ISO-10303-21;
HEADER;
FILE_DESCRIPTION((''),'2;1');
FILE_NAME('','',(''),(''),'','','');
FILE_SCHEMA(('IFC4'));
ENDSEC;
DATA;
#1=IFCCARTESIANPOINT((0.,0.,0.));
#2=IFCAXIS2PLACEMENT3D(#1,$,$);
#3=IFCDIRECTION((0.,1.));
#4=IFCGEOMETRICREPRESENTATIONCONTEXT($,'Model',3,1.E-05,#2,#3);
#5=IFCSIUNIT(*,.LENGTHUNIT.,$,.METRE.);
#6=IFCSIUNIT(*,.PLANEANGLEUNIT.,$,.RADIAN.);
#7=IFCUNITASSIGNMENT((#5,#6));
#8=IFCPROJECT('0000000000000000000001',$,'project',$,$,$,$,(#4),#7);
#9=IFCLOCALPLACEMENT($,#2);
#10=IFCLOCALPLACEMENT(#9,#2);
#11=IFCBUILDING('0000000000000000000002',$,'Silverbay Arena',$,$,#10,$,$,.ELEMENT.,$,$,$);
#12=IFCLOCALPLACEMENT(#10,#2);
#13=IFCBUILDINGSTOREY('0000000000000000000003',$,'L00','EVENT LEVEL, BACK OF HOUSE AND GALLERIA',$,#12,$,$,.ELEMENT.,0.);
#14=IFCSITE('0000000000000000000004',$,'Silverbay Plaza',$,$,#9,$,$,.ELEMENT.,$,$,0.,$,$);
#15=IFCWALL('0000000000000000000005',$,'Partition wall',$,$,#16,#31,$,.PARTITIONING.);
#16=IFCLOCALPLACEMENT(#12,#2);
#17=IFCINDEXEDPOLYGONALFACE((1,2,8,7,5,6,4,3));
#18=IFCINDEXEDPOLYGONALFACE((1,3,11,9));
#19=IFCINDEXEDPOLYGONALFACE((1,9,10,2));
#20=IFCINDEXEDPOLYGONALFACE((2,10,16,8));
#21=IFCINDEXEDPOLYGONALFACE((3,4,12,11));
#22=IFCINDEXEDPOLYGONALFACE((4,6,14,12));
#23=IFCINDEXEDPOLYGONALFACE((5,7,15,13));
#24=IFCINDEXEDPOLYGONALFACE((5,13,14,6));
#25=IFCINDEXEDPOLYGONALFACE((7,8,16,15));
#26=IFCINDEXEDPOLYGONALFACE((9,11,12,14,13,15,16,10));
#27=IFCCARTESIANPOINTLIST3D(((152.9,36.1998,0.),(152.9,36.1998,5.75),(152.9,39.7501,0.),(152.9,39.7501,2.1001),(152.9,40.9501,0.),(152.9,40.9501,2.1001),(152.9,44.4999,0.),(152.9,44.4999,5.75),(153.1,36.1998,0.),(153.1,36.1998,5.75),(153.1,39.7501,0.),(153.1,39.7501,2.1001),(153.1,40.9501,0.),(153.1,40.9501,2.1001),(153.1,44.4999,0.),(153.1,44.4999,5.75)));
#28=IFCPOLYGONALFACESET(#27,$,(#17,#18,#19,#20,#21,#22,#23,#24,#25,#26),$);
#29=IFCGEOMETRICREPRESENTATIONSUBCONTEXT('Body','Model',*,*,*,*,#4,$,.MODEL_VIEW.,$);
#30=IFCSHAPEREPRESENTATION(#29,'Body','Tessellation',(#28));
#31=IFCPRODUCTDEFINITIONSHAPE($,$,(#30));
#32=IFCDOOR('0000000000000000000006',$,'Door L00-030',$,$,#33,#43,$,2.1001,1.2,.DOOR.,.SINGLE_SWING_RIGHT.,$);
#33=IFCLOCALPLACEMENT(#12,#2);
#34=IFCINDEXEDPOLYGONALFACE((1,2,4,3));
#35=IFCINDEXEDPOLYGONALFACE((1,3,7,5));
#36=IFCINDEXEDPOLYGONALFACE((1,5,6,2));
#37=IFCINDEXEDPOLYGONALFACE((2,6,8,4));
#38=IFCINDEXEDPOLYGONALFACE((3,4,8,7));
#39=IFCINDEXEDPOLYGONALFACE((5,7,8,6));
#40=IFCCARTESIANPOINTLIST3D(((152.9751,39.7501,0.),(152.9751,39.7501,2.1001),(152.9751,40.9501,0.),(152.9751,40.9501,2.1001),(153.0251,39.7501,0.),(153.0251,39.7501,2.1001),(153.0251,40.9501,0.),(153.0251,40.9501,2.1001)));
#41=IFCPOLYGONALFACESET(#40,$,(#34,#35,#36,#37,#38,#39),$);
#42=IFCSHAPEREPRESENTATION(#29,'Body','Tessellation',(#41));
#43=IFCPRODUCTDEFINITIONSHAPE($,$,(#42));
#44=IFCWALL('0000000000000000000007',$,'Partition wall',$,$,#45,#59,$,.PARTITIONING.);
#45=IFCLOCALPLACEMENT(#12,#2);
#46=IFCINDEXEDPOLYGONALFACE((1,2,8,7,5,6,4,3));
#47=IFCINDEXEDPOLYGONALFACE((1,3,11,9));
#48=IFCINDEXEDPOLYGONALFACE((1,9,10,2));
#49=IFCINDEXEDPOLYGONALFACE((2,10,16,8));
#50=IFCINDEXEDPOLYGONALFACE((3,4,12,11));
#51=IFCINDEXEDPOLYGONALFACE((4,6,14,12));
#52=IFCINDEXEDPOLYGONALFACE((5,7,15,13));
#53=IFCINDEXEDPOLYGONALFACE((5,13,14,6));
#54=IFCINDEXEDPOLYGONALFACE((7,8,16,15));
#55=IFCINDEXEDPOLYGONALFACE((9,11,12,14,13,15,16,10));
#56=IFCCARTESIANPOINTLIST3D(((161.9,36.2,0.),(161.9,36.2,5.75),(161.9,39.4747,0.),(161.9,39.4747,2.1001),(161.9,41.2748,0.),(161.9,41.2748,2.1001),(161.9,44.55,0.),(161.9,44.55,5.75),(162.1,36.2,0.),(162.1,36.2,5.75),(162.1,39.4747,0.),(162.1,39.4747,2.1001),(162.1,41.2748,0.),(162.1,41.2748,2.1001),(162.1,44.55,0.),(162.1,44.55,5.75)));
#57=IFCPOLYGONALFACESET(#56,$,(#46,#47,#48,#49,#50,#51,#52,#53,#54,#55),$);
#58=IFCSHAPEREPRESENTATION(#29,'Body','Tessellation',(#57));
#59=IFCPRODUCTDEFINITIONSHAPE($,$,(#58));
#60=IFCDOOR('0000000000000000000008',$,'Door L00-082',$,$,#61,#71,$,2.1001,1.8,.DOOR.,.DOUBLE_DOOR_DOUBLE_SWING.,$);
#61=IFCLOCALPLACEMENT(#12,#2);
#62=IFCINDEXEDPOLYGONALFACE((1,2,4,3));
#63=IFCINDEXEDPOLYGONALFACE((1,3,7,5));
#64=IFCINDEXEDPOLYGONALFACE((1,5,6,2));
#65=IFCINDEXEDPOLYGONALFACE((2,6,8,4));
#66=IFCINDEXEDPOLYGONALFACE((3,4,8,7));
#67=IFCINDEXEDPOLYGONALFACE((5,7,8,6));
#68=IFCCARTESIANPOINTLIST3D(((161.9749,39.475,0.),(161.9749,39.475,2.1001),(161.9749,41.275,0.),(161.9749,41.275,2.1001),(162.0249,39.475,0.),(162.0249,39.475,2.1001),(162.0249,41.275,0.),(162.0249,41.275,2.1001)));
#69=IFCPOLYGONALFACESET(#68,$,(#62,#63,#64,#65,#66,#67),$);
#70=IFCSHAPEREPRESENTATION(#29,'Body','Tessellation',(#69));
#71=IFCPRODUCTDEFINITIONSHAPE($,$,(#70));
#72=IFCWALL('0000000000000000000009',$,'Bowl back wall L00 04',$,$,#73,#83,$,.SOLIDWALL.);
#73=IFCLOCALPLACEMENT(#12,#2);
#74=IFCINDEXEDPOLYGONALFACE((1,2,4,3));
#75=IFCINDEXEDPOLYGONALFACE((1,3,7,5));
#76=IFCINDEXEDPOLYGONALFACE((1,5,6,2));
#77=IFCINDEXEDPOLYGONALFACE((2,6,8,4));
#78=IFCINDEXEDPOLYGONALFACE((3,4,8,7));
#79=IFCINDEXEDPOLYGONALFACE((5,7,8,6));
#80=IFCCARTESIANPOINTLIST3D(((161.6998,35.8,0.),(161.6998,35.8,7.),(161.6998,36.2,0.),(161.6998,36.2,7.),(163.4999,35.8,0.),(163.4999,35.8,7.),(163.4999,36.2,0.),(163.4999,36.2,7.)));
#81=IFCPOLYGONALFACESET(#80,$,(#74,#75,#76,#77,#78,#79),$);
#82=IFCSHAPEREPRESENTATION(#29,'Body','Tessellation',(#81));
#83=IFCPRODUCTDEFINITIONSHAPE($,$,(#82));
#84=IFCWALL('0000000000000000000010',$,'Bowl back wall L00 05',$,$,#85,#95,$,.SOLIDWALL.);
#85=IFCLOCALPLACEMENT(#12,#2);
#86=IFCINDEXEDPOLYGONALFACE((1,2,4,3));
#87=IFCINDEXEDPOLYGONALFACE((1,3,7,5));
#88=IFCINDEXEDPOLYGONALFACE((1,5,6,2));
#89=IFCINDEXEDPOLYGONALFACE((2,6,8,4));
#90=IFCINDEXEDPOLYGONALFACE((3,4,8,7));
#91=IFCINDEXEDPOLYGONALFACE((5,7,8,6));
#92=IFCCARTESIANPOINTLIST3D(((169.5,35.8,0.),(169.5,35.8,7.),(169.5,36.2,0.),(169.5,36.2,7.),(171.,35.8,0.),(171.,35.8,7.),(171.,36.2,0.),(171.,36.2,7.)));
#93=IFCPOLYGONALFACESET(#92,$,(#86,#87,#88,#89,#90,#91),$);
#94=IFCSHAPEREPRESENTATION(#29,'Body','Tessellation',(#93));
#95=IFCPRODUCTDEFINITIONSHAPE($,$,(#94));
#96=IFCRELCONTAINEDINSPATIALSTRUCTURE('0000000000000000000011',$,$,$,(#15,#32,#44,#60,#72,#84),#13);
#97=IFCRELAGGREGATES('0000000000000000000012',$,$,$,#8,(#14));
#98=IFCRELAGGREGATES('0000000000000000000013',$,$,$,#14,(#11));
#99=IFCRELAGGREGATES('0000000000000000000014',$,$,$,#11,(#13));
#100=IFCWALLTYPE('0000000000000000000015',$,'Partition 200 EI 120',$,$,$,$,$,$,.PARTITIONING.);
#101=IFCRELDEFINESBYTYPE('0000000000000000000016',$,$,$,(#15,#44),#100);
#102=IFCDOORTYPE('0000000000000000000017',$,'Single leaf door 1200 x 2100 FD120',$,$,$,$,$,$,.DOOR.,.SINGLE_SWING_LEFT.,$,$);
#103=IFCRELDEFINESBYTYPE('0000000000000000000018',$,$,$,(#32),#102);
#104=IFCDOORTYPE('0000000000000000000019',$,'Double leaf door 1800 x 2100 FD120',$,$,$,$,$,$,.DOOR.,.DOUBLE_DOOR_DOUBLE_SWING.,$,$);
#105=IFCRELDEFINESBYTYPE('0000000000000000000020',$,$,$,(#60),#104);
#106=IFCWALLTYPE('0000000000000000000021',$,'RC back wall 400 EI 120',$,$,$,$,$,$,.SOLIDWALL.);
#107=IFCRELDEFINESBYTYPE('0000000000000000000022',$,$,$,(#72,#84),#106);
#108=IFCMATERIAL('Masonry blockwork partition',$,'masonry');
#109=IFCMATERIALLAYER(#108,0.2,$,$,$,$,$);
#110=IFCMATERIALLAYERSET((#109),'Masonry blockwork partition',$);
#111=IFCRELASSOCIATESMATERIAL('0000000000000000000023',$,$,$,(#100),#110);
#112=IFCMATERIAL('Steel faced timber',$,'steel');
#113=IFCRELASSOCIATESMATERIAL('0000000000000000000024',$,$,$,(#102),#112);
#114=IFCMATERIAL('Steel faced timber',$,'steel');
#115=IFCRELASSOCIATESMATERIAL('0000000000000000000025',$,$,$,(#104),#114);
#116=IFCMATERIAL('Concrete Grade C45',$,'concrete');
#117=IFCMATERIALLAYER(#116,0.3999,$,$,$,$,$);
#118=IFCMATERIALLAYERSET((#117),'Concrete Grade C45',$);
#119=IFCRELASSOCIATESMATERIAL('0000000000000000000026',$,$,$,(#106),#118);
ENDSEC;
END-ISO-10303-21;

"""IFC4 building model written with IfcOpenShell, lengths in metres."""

from ifc_helpers import new_model, si_unit, direction, frame, frame_2d, origin, place, context, subcontext, project, spatial, rectangle, extrude, material, layer, layer_set, type_object, element, fill, save


model = new_model("IFC4")

# Units and contexts
model_context = context("Model", 3, precision=1e-05, world=origin(), true_north=direction((0.0, 1.0)))
body_context = subcontext(model_context, "Body", "Model", "MODEL_VIEW")
ifc_project = project(units=[si_unit("LENGTHUNIT", "METRE"), si_unit("PLANEANGLEUNIT", "RADIAN")], contexts=[model_context])

# Site, building, storey
site_placement = place(None, origin())
site = spatial("IfcSite", under=ifc_project, at=site_placement, Name="Silverbay Plaza", CompositionType="ELEMENT", RefElevation=0.0)
building_placement = place(site_placement, origin())
building = spatial("IfcBuilding", under=site, at=building_placement, Name="Silverbay Arena", CompositionType="ELEMENT")
storey_placement = place(building_placement, origin())
storey = spatial("IfcBuildingStorey", under=building, at=storey_placement, Name="L00", Description="EVENT LEVEL, BACK OF HOUSE AND GALLERIA", CompositionType="ELEMENT", Elevation=0.0)

# Walls, openings, doors
ifc_material_1 = material(Name="Masonry blockwork partition", Category="masonry")
ifc_layer_1 = layer(ifc_material_1, 0.2)
ifc_layer_set_1 = layer_set([ifc_layer_1], Name="Masonry blockwork partition")
wall_type_1 = type_object("IfcWallType", Name="Partition 200 EI 120", PredefinedType="PARTITIONING", material=ifc_layer_set_1)
wall_1_placement = place(storey_placement, frame((153.0, 36.2, 0.0), z_axis=(0.0, 0.0, 1.0), x_axis=(0.0, 1.0, 0.0)))
wall_1 = element("IfcWall", 1, at=wall_1_placement, inside=storey, type_object=wall_type_1, Name="Partition wall", PredefinedType="PARTITIONING", context=body_context, shape_type="SweptSolid", body=[
    extrude(rectangle(XDim=8.3, YDim=0.2, at=frame_2d((4.1499, 0.0))), origin(), (0.0, 0.0, 1.0), 5.75),
])
opening_1_placement = place(wall_1_placement, frame((3.55, 0.0, 0.0)))
opening_1 = element("IfcOpeningElement", 2, at=opening_1_placement, cuts=wall_1, PredefinedType="OPENING", context=body_context, shape_type="SweptSolid", body=[
    extrude(rectangle(XDim=1.2, YDim=2.1001, at=frame_2d((0.6001, 1.05))), frame((0.0, 0.1099, 0.0), z_axis=(0.0, -1.0, 0.0), x_axis=(1.0, 0.0, 0.0)), (0.0, 0.0, 1.0), 0.22),
])
ifc_material_2 = material(Name="Steel faced timber", Category="steel")
door_type_1 = type_object("IfcDoorType", Name="Single leaf door 1200 x 2100 FD120", OperationType="SINGLE_SWING_LEFT", PredefinedType="DOOR", material=ifc_material_2)
door_1_placement = place(opening_1_placement, origin())
door_1 = element("IfcDoor", 3, at=door_1_placement, inside=storey, type_object=door_type_1, Name="Door L00-030", OperationType="SINGLE_SWING_RIGHT", OverallHeight=2.1001, OverallWidth=1.2, PredefinedType="DOOR", context=body_context, shape_type="SweptSolid", body=[
    extrude(rectangle(XDim=1.2, YDim=2.1001, at=frame_2d((0.6001, 1.05))), frame((0.0, 0.0249, 0.0), z_axis=(0.0, -1.0, 0.0), x_axis=(1.0, 0.0, 0.0)), (0.0, 0.0, 1.0), 0.05),
])
fill(opening_1, door_1)
wall_2_placement = place(storey_placement, frame((162.0, 36.2, 0.0), z_axis=(0.0, 0.0, 1.0), x_axis=(0.0, 1.0, 0.0)))
wall_2 = element("IfcWall", 4, at=wall_2_placement, inside=storey, type_object=wall_type_1, Name="Partition wall", PredefinedType="PARTITIONING", context=body_context, shape_type="SweptSolid", body=[
    extrude(rectangle(XDim=8.3501, YDim=0.2, at=frame_2d((4.175, 0.0))), origin(), (0.0, 0.0, 1.0), 5.75),
])
opening_2_placement = place(wall_2_placement, frame((3.2749, 0.0, 0.0)))
opening_2 = element("IfcOpeningElement", 5, at=opening_2_placement, cuts=wall_2, PredefinedType="OPENING", context=body_context, shape_type="SweptSolid", body=[
    extrude(rectangle(XDim=1.8, YDim=2.1001, at=frame_2d((0.8999, 1.05))), frame((0.0, 0.1099, 0.0), z_axis=(0.0, -1.0, 0.0), x_axis=(1.0, 0.0, 0.0)), (0.0, 0.0, 1.0), 0.22),
])
ifc_material_3 = material(Name="Steel faced timber", Category="steel")
door_type_2 = type_object("IfcDoorType", Name="Double leaf door 1800 x 2100 FD120", OperationType="DOUBLE_DOOR_DOUBLE_SWING", PredefinedType="DOOR", material=ifc_material_3)
door_2_placement = place(opening_2_placement, frame((1.8, 0.0, 0.0), z_axis=(0.0, 0.0, 1.0), x_axis=(-1.0, 0.0, 0.0)))
door_2 = element("IfcDoor", 6, at=door_2_placement, inside=storey, type_object=door_type_2, Name="Door L00-082", OperationType="DOUBLE_DOOR_DOUBLE_SWING", OverallHeight=2.1001, OverallWidth=1.8, PredefinedType="DOOR", context=body_context, shape_type="SweptSolid", body=[
    extrude(rectangle(XDim=1.8, YDim=2.1001, at=frame_2d((0.8999, 1.05))), frame((0.0, 0.0249, 0.0), z_axis=(0.0, -1.0, 0.0), x_axis=(1.0, 0.0, 0.0)), (0.0, 0.0, 1.0), 0.05),
])
fill(opening_2, door_2)

# Walls
ifc_material_4 = material(Name="Concrete Grade C45", Category="concrete")
ifc_layer_2 = layer(ifc_material_4, 0.3999)
ifc_layer_set_2 = layer_set([ifc_layer_2], Name="Concrete Grade C45")
wall_type_2 = type_object("IfcWallType", Name="RC back wall 400 EI 120", PredefinedType="SOLIDWALL", material=ifc_layer_set_2)
wall_3_placement = place(storey_placement, frame((161.7, 36.0, 0.0), z_axis=(0.0, 0.0, 1.0), x_axis=(1.0, 0.0, 0.0)))
element("IfcWall", 7, at=wall_3_placement, inside=storey, type_object=wall_type_2, Name="Bowl back wall L00 04", PredefinedType="SOLIDWALL", context=body_context, shape_type="SweptSolid", body=[
    extrude(rectangle(XDim=1.8, YDim=0.3999, at=frame_2d((0.8999, 0.0))), origin(), (0.0, 0.0, 1.0), 7.0),
])
wall_4_placement = place(storey_placement, frame((169.5, 36.0, 0.0), z_axis=(0.0, 0.0, 1.0), x_axis=(1.0, 0.0, 0.0)))
element("IfcWall", 8, at=wall_4_placement, inside=storey, type_object=wall_type_2, Name="Bowl back wall L00 05", PredefinedType="SOLIDWALL", context=body_context, shape_type="SweptSolid", body=[
    extrude(rectangle(XDim=1.5, YDim=0.3999, at=frame_2d((0.75, 0.0))), origin(), (0.0, 0.0, 1.0), 7.0),
])

save(model, "model.ifc")
